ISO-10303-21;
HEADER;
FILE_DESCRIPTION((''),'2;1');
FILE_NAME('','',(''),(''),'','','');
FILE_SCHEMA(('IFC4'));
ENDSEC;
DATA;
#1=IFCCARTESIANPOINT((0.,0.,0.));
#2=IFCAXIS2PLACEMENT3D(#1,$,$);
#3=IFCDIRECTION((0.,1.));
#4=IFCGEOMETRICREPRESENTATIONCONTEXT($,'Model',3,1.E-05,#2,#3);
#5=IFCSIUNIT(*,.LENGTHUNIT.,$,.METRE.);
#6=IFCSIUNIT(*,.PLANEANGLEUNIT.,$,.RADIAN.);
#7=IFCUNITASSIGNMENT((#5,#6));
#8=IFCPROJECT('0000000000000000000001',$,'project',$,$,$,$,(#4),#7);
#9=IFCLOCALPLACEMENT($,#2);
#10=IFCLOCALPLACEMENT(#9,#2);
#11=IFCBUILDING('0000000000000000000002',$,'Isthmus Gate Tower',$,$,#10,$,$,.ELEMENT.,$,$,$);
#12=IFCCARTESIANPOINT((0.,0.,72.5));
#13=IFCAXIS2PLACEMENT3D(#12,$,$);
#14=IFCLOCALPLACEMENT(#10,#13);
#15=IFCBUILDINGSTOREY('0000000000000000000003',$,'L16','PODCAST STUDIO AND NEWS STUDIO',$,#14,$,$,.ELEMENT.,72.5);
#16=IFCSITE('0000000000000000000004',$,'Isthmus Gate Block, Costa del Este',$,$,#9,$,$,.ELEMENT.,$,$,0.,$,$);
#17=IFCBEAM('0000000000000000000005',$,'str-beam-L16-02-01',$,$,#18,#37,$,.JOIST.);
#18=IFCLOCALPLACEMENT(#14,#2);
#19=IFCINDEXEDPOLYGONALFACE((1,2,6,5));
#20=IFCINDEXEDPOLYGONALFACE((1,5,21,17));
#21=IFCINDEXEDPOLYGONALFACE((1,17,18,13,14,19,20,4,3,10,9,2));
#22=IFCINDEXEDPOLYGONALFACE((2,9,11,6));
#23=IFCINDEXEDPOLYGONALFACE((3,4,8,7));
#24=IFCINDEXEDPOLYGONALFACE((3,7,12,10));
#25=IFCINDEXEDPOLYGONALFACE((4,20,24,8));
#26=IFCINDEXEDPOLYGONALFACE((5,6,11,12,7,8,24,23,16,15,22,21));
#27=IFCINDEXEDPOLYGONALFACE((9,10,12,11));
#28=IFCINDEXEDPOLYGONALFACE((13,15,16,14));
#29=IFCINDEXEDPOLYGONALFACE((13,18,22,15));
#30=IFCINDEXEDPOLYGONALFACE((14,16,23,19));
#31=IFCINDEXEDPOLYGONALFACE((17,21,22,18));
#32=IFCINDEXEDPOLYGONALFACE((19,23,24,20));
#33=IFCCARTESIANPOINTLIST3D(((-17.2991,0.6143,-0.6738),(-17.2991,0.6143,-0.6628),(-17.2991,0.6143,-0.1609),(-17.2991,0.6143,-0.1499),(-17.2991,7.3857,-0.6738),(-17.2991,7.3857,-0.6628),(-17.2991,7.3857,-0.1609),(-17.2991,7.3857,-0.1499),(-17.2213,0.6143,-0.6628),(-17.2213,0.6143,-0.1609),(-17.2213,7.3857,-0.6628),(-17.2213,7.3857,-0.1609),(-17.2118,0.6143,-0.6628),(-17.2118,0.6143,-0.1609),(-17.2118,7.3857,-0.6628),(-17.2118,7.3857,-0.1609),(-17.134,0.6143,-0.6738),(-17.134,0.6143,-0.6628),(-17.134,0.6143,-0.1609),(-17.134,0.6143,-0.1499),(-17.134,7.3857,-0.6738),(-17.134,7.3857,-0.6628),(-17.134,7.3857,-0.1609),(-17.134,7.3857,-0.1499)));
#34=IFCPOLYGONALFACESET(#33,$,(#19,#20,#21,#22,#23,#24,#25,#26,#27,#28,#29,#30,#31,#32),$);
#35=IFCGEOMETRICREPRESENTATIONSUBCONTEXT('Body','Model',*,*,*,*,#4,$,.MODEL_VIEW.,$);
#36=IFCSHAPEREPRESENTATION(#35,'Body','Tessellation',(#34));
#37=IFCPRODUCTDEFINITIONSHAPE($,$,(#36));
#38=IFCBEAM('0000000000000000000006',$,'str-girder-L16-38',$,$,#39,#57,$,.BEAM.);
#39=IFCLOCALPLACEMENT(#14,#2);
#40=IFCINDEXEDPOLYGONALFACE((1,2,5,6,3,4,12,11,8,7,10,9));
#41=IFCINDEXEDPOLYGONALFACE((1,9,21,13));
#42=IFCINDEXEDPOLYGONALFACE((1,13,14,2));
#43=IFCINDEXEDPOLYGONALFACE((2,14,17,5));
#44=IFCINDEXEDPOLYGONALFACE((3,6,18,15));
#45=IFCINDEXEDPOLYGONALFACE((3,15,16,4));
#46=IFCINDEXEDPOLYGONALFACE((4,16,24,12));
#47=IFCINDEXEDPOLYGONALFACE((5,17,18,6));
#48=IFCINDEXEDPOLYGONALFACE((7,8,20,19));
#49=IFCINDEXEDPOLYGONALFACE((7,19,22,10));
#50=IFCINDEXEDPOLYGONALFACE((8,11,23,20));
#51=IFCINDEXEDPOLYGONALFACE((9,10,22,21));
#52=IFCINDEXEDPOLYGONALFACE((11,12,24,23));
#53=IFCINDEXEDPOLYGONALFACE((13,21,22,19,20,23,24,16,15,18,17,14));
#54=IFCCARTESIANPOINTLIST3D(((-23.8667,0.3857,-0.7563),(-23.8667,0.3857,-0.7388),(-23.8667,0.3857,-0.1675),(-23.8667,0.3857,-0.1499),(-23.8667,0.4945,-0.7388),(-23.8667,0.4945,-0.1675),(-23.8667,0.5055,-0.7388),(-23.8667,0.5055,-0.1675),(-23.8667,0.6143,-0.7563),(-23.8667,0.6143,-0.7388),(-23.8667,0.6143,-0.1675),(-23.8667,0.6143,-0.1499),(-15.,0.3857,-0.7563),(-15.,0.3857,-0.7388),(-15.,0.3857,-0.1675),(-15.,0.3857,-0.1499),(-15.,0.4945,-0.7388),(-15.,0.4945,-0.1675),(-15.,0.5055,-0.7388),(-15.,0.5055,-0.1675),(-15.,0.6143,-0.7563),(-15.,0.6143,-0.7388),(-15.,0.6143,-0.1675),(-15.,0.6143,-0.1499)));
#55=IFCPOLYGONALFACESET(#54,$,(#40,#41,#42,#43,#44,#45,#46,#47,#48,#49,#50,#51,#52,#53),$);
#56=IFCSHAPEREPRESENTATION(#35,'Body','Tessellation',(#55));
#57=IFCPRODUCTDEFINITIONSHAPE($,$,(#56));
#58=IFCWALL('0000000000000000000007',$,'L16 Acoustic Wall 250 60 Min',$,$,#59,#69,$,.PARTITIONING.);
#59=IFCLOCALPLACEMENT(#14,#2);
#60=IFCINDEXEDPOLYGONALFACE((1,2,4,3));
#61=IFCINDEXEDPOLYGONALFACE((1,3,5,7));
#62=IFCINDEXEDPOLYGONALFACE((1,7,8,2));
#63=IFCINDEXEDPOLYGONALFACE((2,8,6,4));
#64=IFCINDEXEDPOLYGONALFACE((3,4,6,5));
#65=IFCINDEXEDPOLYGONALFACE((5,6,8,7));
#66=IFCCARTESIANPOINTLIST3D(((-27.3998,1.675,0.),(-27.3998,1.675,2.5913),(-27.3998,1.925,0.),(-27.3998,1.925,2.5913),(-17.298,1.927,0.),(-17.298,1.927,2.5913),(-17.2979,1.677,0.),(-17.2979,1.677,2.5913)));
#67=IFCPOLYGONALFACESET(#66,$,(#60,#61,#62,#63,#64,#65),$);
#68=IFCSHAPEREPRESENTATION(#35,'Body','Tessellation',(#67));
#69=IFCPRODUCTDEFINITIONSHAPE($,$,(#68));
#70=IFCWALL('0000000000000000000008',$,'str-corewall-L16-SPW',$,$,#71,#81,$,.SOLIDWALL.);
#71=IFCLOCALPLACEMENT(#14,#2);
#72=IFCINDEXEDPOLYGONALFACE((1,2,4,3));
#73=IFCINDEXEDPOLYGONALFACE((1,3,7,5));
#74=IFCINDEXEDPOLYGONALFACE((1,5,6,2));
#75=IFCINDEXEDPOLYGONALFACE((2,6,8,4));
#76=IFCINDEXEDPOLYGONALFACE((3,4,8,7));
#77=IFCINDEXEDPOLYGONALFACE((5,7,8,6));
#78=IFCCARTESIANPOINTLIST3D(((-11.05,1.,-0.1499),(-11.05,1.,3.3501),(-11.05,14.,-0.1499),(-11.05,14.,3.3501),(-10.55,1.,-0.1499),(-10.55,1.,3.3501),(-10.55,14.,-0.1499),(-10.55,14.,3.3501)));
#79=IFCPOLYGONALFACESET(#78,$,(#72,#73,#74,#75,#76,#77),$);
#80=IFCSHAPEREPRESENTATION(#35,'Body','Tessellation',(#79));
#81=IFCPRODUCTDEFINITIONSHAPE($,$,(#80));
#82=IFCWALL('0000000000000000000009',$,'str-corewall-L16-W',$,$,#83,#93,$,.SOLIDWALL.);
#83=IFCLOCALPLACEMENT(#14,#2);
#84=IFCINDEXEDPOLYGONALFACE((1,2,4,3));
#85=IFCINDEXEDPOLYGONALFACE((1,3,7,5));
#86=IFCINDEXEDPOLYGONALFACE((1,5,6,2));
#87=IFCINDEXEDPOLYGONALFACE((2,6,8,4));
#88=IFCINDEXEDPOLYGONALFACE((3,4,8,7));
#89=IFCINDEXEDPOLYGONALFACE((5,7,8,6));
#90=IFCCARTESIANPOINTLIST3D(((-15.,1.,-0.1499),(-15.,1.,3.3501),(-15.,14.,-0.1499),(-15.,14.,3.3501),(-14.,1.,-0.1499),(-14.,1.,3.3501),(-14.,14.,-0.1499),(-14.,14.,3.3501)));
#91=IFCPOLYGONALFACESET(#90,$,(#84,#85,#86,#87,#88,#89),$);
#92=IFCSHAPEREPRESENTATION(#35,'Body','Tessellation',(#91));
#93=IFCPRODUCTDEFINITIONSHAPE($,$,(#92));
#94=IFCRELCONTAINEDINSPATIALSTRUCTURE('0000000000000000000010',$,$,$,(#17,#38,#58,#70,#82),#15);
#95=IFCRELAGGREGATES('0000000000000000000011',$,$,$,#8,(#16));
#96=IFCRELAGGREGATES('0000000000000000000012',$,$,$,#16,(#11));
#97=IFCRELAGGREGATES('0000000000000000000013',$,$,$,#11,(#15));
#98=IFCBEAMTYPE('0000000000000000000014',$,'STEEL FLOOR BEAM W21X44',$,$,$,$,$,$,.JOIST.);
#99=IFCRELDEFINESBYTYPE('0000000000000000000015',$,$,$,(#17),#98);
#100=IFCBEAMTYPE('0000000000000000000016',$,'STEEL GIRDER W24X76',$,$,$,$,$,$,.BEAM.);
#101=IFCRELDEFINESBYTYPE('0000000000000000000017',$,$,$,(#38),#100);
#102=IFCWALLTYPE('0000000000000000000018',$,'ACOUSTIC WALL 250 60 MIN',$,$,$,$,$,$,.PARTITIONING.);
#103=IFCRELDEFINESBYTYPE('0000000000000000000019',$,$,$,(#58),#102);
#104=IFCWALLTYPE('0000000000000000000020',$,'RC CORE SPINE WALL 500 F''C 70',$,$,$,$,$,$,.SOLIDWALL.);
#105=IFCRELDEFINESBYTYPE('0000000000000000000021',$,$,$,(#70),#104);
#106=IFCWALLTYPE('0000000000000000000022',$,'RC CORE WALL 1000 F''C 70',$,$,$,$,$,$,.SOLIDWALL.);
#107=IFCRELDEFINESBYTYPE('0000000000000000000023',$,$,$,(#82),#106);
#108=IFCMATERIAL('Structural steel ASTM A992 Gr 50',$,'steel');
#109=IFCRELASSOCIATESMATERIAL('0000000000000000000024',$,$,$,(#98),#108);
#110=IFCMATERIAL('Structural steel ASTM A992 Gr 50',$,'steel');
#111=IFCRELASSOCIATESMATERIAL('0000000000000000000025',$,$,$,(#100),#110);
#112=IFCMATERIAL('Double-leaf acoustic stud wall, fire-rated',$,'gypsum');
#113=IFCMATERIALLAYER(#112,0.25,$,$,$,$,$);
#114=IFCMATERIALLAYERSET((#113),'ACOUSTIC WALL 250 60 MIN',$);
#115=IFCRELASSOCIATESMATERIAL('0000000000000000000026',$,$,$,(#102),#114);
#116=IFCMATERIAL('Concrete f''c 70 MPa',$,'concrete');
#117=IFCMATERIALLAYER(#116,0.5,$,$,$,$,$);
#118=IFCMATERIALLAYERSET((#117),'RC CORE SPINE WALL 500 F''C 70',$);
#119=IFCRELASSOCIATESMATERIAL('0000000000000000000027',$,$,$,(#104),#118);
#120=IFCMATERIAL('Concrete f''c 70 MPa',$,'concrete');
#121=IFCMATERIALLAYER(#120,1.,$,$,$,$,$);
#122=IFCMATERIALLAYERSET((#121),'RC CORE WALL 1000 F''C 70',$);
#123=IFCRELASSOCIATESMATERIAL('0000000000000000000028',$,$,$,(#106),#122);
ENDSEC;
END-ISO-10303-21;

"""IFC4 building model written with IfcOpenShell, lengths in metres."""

from ifc_helpers import new_model, si_unit, direction, frame, frame_2d, origin, origin_2d, place, context, subcontext, project, spatial, rectangle, i_section, extrude, material, layer, layer_set, material_profile, profile_set, type_object, element, save


model = new_model("IFC4")

# Units and contexts
model_context = context("Model", 3, precision=1e-05, world=origin(), true_north=direction((0.0, 1.0)))
body_context = subcontext(model_context, "Body", "Model", "MODEL_VIEW")
ifc_project = project(units=[si_unit("LENGTHUNIT", "METRE"), si_unit("PLANEANGLEUNIT", "RADIAN")], contexts=[model_context])

# Site, building, storey
site_placement = place(None, origin())
site = spatial("IfcSite", under=ifc_project, at=site_placement, Name="Isthmus Gate Block, Costa del Este", CompositionType="ELEMENT", RefElevation=0.0)
building_placement = place(site_placement, origin())
building = spatial("IfcBuilding", under=site, at=building_placement, Name="Isthmus Gate Tower", CompositionType="ELEMENT")
storey_placement = place(building_placement, frame((0.0, 0.0, 72.5)))
storey = spatial("IfcBuildingStorey", under=building, at=storey_placement, Name="L16", Description="PODCAST STUDIO AND NEWS STUDIO", CompositionType="ELEMENT", Elevation=72.5)

# Beams
ifc_material_1 = material(Name="Structural steel ASTM A992 Gr 50", Category="steel")
ifc_material_profile_1 = material_profile(ifc_material_1, i_section(OverallWidth=0.165, OverallDepth=0.5239, WebThickness=0.0095, FlangeThickness=0.011, at=origin_2d()), Name="W21X44")
ifc_profile_set_1 = profile_set([ifc_material_profile_1], Name="Structural steel ASTM A992 Gr 50")
beam_type_1 = type_object("IfcBeamType", Name="STEEL FLOOR BEAM W21X44", PredefinedType="JOIST", material=ifc_profile_set_1)
beam_1_placement = place(storey_placement, frame((-17.2166, 0.6143, -0.4119), z_axis=(0.0, 1.0, 0.0), x_axis=(-1.0, 0.0, 0.0)))
element("IfcBeam", 1, at=beam_1_placement, inside=storey, type_object=beam_type_1, Name="str-beam-L16-02-01", PredefinedType="JOIST", context=body_context, shape_type="SweptSolid", body=[
    extrude(i_section(OverallWidth=0.165, OverallDepth=0.5239, WebThickness=0.0095, FlangeThickness=0.011, at=origin_2d()), origin(), (0.0, 0.0, 1.0), 6.7715),
])
ifc_material_2 = material(Name="Structural steel ASTM A992 Gr 50", Category="steel")
ifc_material_profile_2 = material_profile(ifc_material_2, i_section(OverallWidth=0.2285, OverallDepth=0.6064, WebThickness=0.011, FlangeThickness=0.0176, at=origin_2d()), Name="W24X76")
ifc_profile_set_2 = profile_set([ifc_material_profile_2], Name="Structural steel ASTM A992 Gr 50")
beam_type_2 = type_object("IfcBeamType", Name="STEEL GIRDER W24X76", PredefinedType="BEAM", material=ifc_profile_set_2)
beam_2_placement = place(storey_placement, frame((-15.0, 0.5, -0.4531), z_axis=(-1.0, 0.0, 0.0), x_axis=(0.0, -1.0, 0.0)))
element("IfcBeam", 2, at=beam_2_placement, inside=storey, type_object=beam_type_2, Name="str-girder-L16-38", PredefinedType="BEAM", context=body_context, shape_type="SweptSolid", body=[
    extrude(i_section(OverallWidth=0.2285, OverallDepth=0.6064, WebThickness=0.011, FlangeThickness=0.0176, at=origin_2d()), origin(), (0.0, 0.0, 1.0), 8.8667),
])

# Walls
ifc_material_3 = material(Name="Double-leaf acoustic stud wall, fire-rated", Category="gypsum")
ifc_layer_1 = layer(ifc_material_3, 0.25)
ifc_layer_set_1 = layer_set([ifc_layer_1], Name="ACOUSTIC WALL 250 60 MIN")
wall_type_1 = type_object("IfcWallType", Name="ACOUSTIC WALL 250 60 MIN", PredefinedType="PARTITIONING", material=ifc_layer_set_1)
wall_1_placement = place(storey_placement, frame((-17.2981, 1.802, 0.0), z_axis=(0.0, 0.0, 1.0), x_axis=(-1.0, -0.000193, 0.0)))
element("IfcWall", 3, at=wall_1_placement, inside=storey, type_object=wall_type_1, Name="L16 Acoustic Wall 250 60 Min", PredefinedType="PARTITIONING", context=body_context, shape_type="SweptSolid", body=[
    extrude(rectangle(XDim=10.1018, YDim=0.25, at=frame_2d((5.0508, 0.0))), origin(), (0.0, 0.0, 1.0), 2.5913),
])
ifc_material_4 = material(Name="Concrete f'c 70 MPa", Category="concrete")
ifc_layer_2 = layer(ifc_material_4, 0.5)
ifc_layer_set_2 = layer_set([ifc_layer_2], Name="RC CORE SPINE WALL 500 F'C 70")
wall_type_2 = type_object("IfcWallType", Name="RC CORE SPINE WALL 500 F'C 70", PredefinedType="SOLIDWALL", material=ifc_layer_set_2)
wall_2_placement = place(storey_placement, frame((-10.8, 1.0, -0.1499), z_axis=(0.0, 0.0, 1.0), x_axis=(0.0, 1.0, 0.0)))
element("IfcWall", 4, at=wall_2_placement, inside=storey, type_object=wall_type_2, Name="str-corewall-L16-SPW", PredefinedType="SOLIDWALL", context=body_context, shape_type="SweptSolid", body=[
    extrude(rectangle(XDim=13.0, YDim=0.5, at=frame_2d((6.5, 0.0))), origin(), (0.0, 0.0, 1.0), 3.5),
])
ifc_material_5 = material(Name="Concrete f'c 70 MPa", Category="concrete")
ifc_layer_3 = layer(ifc_material_5, 1.0)
ifc_layer_set_3 = layer_set([ifc_layer_3], Name="RC CORE WALL 1000 F'C 70")
wall_type_3 = type_object("IfcWallType", Name="RC CORE WALL 1000 F'C 70", PredefinedType="SOLIDWALL", material=ifc_layer_set_3)
wall_3_placement = place(storey_placement, frame((-14.5, 1.0, -0.1499), z_axis=(0.0, 0.0, 1.0), x_axis=(0.0, 1.0, 0.0)))
element("IfcWall", 5, at=wall_3_placement, inside=storey, type_object=wall_type_3, Name="str-corewall-L16-W", PredefinedType="SOLIDWALL", context=body_context, shape_type="SweptSolid", body=[
    extrude(rectangle(XDim=13.0, YDim=1.0, at=frame_2d((6.5, 0.0))), origin(), (0.0, 0.0, 1.0), 3.5),
])

save(model, "model.ifc")
